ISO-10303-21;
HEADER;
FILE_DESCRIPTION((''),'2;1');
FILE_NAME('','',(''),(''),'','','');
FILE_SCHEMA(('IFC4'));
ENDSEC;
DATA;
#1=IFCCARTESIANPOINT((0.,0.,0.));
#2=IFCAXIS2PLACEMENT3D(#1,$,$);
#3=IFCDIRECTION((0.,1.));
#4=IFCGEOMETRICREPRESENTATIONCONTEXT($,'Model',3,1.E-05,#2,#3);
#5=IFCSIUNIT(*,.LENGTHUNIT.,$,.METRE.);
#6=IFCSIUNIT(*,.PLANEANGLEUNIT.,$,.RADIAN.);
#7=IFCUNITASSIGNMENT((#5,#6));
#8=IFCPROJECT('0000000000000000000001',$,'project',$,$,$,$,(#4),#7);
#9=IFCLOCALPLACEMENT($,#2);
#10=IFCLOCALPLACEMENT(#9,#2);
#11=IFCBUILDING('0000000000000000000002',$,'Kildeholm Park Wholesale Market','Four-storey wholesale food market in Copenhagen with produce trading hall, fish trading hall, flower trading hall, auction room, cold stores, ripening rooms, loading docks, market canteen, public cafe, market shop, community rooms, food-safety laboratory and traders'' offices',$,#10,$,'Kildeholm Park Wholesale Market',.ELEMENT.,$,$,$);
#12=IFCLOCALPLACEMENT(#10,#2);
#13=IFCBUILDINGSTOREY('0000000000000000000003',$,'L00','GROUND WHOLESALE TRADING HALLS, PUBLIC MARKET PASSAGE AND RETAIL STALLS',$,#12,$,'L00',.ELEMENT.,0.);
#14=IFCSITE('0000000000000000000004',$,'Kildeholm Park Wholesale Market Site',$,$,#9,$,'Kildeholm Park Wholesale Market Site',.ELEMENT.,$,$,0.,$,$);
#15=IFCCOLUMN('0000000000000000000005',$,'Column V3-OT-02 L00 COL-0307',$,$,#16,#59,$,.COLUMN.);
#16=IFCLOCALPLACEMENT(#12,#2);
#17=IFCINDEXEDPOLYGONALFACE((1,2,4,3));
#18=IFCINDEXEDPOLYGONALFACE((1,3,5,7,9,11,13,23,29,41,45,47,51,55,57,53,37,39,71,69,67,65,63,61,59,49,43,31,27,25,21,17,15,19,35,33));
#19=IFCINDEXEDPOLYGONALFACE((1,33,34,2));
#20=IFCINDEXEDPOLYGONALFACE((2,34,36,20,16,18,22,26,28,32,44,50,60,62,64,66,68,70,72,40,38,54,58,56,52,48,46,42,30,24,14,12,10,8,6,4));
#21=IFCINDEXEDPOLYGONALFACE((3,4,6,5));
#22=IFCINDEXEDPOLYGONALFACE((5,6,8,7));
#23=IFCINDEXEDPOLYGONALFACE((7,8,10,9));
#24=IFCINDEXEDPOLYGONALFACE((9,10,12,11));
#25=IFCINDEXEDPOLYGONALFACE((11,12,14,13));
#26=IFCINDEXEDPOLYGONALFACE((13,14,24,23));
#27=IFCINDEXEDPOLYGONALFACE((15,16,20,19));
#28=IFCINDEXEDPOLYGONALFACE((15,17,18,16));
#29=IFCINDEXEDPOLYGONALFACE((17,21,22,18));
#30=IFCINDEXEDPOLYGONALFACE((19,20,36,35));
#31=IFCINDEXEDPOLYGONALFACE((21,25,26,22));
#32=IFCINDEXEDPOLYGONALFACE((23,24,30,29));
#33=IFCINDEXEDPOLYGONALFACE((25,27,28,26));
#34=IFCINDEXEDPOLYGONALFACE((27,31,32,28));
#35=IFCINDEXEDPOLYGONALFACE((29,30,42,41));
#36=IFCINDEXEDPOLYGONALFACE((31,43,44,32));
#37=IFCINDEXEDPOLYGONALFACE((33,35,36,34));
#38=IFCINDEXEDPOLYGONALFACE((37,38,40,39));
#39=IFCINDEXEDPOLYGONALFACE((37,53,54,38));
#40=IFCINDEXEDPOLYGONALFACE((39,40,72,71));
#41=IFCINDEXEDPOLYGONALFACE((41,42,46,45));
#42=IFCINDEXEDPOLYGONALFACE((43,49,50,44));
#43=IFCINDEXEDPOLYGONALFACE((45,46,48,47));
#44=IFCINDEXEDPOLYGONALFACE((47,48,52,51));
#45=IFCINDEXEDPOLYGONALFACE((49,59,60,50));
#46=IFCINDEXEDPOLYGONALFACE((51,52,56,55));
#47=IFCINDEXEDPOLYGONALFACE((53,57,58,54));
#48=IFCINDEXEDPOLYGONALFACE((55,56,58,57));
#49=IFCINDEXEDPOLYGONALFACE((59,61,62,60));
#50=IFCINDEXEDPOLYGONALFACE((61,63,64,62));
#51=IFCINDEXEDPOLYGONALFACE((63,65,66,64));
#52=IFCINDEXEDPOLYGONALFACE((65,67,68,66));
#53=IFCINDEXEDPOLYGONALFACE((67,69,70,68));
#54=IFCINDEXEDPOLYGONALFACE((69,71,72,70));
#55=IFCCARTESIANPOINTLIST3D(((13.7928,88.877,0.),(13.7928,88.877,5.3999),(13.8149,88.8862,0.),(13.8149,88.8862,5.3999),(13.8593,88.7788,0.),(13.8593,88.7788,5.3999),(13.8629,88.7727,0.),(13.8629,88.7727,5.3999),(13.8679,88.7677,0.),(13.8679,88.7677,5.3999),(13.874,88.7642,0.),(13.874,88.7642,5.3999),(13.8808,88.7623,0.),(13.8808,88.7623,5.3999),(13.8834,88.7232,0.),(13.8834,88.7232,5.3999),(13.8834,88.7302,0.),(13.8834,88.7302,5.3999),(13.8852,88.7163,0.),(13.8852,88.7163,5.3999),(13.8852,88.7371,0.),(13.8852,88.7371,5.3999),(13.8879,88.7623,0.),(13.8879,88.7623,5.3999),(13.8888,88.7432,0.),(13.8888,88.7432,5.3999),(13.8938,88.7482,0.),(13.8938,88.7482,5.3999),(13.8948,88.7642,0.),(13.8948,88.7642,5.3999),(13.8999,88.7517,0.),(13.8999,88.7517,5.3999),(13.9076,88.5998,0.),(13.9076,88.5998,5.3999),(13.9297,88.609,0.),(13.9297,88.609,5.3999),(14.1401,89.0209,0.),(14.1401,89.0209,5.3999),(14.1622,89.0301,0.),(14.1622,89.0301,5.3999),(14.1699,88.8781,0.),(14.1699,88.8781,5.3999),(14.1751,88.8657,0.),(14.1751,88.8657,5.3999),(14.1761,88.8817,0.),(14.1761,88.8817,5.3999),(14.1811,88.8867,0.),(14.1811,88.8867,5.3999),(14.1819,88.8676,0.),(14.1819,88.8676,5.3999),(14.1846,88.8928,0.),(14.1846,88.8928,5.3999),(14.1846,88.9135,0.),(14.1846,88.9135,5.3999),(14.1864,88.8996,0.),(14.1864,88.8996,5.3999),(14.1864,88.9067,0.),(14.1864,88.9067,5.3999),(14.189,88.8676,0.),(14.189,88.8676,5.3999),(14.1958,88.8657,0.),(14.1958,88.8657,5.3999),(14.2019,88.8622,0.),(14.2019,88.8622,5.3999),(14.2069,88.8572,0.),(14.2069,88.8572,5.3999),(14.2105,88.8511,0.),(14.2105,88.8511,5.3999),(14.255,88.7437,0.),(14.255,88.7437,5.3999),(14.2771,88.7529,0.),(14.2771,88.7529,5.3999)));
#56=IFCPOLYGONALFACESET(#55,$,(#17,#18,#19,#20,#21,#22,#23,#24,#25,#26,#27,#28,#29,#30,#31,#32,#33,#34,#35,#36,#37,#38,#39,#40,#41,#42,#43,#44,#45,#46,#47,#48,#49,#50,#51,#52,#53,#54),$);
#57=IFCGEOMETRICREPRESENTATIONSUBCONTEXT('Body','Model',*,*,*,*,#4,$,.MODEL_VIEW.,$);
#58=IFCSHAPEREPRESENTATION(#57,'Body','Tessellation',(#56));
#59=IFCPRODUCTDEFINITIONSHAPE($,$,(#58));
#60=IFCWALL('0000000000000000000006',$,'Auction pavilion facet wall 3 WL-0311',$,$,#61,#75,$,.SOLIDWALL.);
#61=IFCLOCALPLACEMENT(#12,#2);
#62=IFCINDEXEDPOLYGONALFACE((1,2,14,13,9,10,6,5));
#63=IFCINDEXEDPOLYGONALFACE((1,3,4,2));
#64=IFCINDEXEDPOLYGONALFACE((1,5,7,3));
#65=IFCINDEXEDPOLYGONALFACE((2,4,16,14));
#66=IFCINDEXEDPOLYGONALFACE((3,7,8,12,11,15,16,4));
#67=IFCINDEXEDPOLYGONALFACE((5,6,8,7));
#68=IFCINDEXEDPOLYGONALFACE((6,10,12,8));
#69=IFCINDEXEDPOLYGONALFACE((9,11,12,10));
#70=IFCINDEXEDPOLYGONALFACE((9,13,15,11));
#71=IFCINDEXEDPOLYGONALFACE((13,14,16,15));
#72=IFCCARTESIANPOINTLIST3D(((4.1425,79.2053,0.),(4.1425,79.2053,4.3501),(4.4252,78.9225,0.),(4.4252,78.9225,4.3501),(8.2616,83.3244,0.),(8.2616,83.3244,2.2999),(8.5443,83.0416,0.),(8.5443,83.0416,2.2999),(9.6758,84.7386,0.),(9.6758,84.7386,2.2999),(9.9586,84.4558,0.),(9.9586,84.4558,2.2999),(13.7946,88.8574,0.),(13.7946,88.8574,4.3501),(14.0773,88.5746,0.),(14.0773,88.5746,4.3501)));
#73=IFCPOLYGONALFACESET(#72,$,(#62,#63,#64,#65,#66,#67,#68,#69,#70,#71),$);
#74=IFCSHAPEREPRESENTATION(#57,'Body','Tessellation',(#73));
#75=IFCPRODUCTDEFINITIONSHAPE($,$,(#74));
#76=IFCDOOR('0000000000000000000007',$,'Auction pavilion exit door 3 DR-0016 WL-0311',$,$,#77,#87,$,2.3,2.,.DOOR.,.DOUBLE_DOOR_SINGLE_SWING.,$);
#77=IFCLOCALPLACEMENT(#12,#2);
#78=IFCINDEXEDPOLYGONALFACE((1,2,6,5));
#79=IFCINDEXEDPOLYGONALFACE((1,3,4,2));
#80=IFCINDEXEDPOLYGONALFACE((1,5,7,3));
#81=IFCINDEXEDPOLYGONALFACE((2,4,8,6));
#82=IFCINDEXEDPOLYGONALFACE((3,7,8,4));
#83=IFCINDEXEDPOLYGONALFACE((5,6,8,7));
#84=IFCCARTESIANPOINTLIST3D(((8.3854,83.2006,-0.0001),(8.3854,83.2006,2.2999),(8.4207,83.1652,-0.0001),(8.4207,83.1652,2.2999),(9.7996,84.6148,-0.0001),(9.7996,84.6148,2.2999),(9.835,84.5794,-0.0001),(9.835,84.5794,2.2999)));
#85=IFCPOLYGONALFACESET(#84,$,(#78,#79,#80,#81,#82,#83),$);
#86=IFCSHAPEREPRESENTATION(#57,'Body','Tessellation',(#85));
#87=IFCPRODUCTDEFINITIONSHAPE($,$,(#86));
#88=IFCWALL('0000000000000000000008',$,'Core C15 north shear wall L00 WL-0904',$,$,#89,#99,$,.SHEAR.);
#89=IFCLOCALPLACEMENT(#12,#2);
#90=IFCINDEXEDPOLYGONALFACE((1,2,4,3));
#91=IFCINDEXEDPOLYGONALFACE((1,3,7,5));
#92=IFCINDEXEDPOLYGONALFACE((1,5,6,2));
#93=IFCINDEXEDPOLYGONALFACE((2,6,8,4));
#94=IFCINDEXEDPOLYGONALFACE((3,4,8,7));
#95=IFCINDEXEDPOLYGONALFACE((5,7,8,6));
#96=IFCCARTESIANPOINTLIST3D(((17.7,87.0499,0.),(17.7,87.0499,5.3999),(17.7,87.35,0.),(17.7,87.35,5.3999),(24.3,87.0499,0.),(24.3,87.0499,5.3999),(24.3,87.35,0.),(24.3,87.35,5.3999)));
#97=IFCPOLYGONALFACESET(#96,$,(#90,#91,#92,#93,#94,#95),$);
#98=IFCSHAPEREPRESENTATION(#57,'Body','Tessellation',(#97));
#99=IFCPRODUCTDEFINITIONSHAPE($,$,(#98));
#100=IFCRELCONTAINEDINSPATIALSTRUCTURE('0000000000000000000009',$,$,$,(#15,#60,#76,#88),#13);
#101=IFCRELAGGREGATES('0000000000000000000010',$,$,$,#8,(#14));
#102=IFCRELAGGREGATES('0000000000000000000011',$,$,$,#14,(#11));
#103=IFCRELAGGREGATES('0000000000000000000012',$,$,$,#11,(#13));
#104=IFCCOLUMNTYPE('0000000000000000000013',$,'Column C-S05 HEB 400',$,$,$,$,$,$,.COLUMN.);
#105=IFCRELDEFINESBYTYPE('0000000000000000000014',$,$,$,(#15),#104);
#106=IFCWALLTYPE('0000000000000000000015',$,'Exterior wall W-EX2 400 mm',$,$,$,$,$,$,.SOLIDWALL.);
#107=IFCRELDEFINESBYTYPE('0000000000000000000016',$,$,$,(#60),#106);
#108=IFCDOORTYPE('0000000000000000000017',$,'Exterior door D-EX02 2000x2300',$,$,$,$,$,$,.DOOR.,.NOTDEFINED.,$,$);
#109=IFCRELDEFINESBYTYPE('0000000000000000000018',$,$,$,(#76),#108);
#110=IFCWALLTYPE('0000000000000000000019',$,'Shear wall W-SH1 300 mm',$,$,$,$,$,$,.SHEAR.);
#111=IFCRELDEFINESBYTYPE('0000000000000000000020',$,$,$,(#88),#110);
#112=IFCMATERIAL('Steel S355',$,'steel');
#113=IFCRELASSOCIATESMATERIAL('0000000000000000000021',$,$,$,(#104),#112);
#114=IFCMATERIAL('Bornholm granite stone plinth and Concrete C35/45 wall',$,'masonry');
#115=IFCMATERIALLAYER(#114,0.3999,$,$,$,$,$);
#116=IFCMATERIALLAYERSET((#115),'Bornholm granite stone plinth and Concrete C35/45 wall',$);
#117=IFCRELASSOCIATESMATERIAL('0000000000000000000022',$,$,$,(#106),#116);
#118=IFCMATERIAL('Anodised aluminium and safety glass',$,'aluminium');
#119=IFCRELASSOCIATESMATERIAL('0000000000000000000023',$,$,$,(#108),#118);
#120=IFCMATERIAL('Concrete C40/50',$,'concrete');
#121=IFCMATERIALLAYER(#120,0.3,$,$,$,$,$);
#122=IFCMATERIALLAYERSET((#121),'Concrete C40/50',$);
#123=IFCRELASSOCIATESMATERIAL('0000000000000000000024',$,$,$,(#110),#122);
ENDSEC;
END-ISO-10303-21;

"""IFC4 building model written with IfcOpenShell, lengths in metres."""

from ifc_helpers import new_model, si_unit, direction, frame, frame_2d, origin, origin_2d, place, context, subcontext, project, spatial, rectangle, i_section, extrude, material, layer, layer_set, material_profile, profile_set, type_object, element, fill, save


model = new_model("IFC4")

# Units and contexts
model_context = context("Model", 3, precision=1e-05, world=origin(), true_north=direction((0.0, 1.0)))
body_context = subcontext(model_context, "Body", "Model", "MODEL_VIEW")
ifc_project = project(units=[si_unit("LENGTHUNIT", "METRE"), si_unit("PLANEANGLEUNIT", "RADIAN")], contexts=[model_context])

# Site, building, storey
site_placement = place(None, origin())
site = spatial("IfcSite", under=ifc_project, at=site_placement, Name="Kildeholm Park Wholesale Market Site", LongName="Kildeholm Park Wholesale Market Site", CompositionType="ELEMENT", RefElevation=0.0)
building_placement = place(site_placement, origin())
building = spatial("IfcBuilding", under=site, at=building_placement, Name="Kildeholm Park Wholesale Market", Description="Four-storey wholesale food market in Copenhagen with produce trading hall, fish trading hall, flower trading hall, auction room, cold stores, ripening rooms, loading docks, market canteen, public cafe, market shop, community rooms, food-safety laboratory and traders' offices", LongName="Kildeholm Park Wholesale Market", CompositionType="ELEMENT")
storey_placement = place(building_placement, origin())
storey = spatial("IfcBuildingStorey", under=building, at=storey_placement, Name="L00", Description="GROUND WHOLESALE TRADING HALLS, PUBLIC MARKET PASSAGE AND RETAIL STALLS", LongName="L00", CompositionType="ELEMENT", Elevation=0.0)

# Column
ifc_material_1 = material(Name="Concrete C40/50", Category="concrete")
ifc_material_2 = material(Name="Steel S355", Category="steel")
ifc_material_profile_1 = material_profile(ifc_material_2, i_section(OverallWidth=0.3, OverallDepth=0.3999, WebThickness=0.0134, FlangeThickness=0.0239, FilletRadius=0.0271, at=origin_2d()), Name="HEB 400")
ifc_profile_set_1 = profile_set([ifc_material_profile_1], Name="Steel S355")
column_type_1 = type_object("IfcColumnType", Name="Column C-S05 HEB 400", PredefinedType="COLUMN", material=ifc_profile_set_1)
column_placement = place(storey_placement, frame((14.0349, 88.8149, 0.0), z_axis=(0.0, 0.0, 1.0), x_axis=(-0.382683, 0.92388, 0.0)))
element("IfcColumn", 1, at=column_placement, inside=storey, type_object=column_type_1, Name="Column V3-OT-02 L00 COL-0307", PredefinedType="COLUMN", context=body_context, shape_type="SweptSolid", body=[
    extrude(i_section(OverallWidth=0.3, OverallDepth=0.3999, WebThickness=0.0134, FlangeThickness=0.0239, FilletRadius=0.0271, at=origin_2d()), origin(), (0.0, 0.0, 1.0), 5.3999),
])

# Wall, opening, door
ifc_material_3 = material(Name="Bornholm granite stone plinth and Concrete C35/45 wall", Category="masonry")
ifc_layer_1 = layer(ifc_material_3, 0.3999)
ifc_layer_set_1 = layer_set([ifc_layer_1], Name="Bornholm granite stone plinth and Concrete C35/45 wall")
wall_type_1 = type_object("IfcWallType", Name="Exterior wall W-EX2 400 mm", PredefinedType="SOLIDWALL", material=ifc_layer_set_1)
wall_1_placement = place(storey_placement, frame((13.936, 88.7161, 0.0), z_axis=(0.0, 0.0, 1.0), x_axis=(-0.707107, -0.707107, 0.0)))
wall_1 = element("IfcWall", 2, at=wall_1_placement, inside=storey, type_object=wall_type_1, Name="Auction pavilion facet wall 3 WL-0311", PredefinedType="SOLIDWALL", context=body_context, shape_type="SweptSolid", body=[
    extrude(rectangle(XDim=13.6501, YDim=0.3999, at=frame_2d((6.8252, 0.0))), origin(), (0.0, 0.0, 1.0), 4.3501),
])
opening_1_placement = place(wall_1_placement, frame((5.825, 0.0, 0.0)))
opening_1 = element("IfcOpeningElement", 3, at=opening_1_placement, cuts=wall_1, PredefinedType="OPENING", context=body_context, shape_type="SweptSolid", body=[
    extrude(rectangle(XDim=2.0, YDim=2.3, at=frame_2d((1.0, 1.1499))), frame((0.0, 0.21, 0.0), z_axis=(0.0, -1.0, 0.0), x_axis=(1.0, 0.0, 0.0)), (0.0, 0.0, 1.0), 0.4199),
])
ifc_material_4 = material(Name="Anodised aluminium and safety glass", Category="aluminium")
door_type_1 = type_object("IfcDoorType", Name="Exterior door D-EX02 2000x2300", OperationType="NOTDEFINED", PredefinedType="DOOR", material=ifc_material_4)
door_1_placement = place(opening_1_placement, frame((2.0, 0.0, 0.0), z_axis=(0.0, 0.0, 1.0), x_axis=(-1.0, 0.0, 0.0)))
door_1 = element("IfcDoor", 4, at=door_1_placement, inside=storey, type_object=door_type_1, Name="Auction pavilion exit door 3 DR-0016 WL-0311", OperationType="DOUBLE_DOOR_SINGLE_SWING", OverallHeight=2.3, OverallWidth=2.0, PredefinedType="DOOR", context=body_context, shape_type="SweptSolid", body=[
    extrude(rectangle(XDim=2.0, YDim=2.3, at=frame_2d((1.0, 1.1499))), frame((0.0, 0.0249, 0.0), z_axis=(0.0, -1.0, 0.0), x_axis=(1.0, 0.0, 0.0)), (0.0, 0.0, 1.0), 0.05),
])
fill(opening_1, door_1)

# Wall
ifc_layer_2 = layer(ifc_material_1, 0.3)
ifc_layer_set_2 = layer_set([ifc_layer_2], Name="Concrete C40/50")
wall_type_2 = type_object("IfcWallType", Name="Shear wall W-SH1 300 mm", PredefinedType="SHEAR", material=ifc_layer_set_2)
wall_2_placement = place(storey_placement, frame((17.7, 87.2, 0.0), z_axis=(0.0, 0.0, 1.0), x_axis=(1.0, 0.0, 0.0)))
element("IfcWall", 5, at=wall_2_placement, inside=storey, type_object=wall_type_2, Name="Core C15 north shear wall L00 WL-0904", PredefinedType="SHEAR", context=body_context, shape_type="SweptSolid", body=[
    extrude(rectangle(XDim=6.6001, YDim=0.3, at=frame_2d((3.3, 0.0))), origin(), (0.0, 0.0, 1.0), 5.3999),
])

save(model, "model.ifc")
